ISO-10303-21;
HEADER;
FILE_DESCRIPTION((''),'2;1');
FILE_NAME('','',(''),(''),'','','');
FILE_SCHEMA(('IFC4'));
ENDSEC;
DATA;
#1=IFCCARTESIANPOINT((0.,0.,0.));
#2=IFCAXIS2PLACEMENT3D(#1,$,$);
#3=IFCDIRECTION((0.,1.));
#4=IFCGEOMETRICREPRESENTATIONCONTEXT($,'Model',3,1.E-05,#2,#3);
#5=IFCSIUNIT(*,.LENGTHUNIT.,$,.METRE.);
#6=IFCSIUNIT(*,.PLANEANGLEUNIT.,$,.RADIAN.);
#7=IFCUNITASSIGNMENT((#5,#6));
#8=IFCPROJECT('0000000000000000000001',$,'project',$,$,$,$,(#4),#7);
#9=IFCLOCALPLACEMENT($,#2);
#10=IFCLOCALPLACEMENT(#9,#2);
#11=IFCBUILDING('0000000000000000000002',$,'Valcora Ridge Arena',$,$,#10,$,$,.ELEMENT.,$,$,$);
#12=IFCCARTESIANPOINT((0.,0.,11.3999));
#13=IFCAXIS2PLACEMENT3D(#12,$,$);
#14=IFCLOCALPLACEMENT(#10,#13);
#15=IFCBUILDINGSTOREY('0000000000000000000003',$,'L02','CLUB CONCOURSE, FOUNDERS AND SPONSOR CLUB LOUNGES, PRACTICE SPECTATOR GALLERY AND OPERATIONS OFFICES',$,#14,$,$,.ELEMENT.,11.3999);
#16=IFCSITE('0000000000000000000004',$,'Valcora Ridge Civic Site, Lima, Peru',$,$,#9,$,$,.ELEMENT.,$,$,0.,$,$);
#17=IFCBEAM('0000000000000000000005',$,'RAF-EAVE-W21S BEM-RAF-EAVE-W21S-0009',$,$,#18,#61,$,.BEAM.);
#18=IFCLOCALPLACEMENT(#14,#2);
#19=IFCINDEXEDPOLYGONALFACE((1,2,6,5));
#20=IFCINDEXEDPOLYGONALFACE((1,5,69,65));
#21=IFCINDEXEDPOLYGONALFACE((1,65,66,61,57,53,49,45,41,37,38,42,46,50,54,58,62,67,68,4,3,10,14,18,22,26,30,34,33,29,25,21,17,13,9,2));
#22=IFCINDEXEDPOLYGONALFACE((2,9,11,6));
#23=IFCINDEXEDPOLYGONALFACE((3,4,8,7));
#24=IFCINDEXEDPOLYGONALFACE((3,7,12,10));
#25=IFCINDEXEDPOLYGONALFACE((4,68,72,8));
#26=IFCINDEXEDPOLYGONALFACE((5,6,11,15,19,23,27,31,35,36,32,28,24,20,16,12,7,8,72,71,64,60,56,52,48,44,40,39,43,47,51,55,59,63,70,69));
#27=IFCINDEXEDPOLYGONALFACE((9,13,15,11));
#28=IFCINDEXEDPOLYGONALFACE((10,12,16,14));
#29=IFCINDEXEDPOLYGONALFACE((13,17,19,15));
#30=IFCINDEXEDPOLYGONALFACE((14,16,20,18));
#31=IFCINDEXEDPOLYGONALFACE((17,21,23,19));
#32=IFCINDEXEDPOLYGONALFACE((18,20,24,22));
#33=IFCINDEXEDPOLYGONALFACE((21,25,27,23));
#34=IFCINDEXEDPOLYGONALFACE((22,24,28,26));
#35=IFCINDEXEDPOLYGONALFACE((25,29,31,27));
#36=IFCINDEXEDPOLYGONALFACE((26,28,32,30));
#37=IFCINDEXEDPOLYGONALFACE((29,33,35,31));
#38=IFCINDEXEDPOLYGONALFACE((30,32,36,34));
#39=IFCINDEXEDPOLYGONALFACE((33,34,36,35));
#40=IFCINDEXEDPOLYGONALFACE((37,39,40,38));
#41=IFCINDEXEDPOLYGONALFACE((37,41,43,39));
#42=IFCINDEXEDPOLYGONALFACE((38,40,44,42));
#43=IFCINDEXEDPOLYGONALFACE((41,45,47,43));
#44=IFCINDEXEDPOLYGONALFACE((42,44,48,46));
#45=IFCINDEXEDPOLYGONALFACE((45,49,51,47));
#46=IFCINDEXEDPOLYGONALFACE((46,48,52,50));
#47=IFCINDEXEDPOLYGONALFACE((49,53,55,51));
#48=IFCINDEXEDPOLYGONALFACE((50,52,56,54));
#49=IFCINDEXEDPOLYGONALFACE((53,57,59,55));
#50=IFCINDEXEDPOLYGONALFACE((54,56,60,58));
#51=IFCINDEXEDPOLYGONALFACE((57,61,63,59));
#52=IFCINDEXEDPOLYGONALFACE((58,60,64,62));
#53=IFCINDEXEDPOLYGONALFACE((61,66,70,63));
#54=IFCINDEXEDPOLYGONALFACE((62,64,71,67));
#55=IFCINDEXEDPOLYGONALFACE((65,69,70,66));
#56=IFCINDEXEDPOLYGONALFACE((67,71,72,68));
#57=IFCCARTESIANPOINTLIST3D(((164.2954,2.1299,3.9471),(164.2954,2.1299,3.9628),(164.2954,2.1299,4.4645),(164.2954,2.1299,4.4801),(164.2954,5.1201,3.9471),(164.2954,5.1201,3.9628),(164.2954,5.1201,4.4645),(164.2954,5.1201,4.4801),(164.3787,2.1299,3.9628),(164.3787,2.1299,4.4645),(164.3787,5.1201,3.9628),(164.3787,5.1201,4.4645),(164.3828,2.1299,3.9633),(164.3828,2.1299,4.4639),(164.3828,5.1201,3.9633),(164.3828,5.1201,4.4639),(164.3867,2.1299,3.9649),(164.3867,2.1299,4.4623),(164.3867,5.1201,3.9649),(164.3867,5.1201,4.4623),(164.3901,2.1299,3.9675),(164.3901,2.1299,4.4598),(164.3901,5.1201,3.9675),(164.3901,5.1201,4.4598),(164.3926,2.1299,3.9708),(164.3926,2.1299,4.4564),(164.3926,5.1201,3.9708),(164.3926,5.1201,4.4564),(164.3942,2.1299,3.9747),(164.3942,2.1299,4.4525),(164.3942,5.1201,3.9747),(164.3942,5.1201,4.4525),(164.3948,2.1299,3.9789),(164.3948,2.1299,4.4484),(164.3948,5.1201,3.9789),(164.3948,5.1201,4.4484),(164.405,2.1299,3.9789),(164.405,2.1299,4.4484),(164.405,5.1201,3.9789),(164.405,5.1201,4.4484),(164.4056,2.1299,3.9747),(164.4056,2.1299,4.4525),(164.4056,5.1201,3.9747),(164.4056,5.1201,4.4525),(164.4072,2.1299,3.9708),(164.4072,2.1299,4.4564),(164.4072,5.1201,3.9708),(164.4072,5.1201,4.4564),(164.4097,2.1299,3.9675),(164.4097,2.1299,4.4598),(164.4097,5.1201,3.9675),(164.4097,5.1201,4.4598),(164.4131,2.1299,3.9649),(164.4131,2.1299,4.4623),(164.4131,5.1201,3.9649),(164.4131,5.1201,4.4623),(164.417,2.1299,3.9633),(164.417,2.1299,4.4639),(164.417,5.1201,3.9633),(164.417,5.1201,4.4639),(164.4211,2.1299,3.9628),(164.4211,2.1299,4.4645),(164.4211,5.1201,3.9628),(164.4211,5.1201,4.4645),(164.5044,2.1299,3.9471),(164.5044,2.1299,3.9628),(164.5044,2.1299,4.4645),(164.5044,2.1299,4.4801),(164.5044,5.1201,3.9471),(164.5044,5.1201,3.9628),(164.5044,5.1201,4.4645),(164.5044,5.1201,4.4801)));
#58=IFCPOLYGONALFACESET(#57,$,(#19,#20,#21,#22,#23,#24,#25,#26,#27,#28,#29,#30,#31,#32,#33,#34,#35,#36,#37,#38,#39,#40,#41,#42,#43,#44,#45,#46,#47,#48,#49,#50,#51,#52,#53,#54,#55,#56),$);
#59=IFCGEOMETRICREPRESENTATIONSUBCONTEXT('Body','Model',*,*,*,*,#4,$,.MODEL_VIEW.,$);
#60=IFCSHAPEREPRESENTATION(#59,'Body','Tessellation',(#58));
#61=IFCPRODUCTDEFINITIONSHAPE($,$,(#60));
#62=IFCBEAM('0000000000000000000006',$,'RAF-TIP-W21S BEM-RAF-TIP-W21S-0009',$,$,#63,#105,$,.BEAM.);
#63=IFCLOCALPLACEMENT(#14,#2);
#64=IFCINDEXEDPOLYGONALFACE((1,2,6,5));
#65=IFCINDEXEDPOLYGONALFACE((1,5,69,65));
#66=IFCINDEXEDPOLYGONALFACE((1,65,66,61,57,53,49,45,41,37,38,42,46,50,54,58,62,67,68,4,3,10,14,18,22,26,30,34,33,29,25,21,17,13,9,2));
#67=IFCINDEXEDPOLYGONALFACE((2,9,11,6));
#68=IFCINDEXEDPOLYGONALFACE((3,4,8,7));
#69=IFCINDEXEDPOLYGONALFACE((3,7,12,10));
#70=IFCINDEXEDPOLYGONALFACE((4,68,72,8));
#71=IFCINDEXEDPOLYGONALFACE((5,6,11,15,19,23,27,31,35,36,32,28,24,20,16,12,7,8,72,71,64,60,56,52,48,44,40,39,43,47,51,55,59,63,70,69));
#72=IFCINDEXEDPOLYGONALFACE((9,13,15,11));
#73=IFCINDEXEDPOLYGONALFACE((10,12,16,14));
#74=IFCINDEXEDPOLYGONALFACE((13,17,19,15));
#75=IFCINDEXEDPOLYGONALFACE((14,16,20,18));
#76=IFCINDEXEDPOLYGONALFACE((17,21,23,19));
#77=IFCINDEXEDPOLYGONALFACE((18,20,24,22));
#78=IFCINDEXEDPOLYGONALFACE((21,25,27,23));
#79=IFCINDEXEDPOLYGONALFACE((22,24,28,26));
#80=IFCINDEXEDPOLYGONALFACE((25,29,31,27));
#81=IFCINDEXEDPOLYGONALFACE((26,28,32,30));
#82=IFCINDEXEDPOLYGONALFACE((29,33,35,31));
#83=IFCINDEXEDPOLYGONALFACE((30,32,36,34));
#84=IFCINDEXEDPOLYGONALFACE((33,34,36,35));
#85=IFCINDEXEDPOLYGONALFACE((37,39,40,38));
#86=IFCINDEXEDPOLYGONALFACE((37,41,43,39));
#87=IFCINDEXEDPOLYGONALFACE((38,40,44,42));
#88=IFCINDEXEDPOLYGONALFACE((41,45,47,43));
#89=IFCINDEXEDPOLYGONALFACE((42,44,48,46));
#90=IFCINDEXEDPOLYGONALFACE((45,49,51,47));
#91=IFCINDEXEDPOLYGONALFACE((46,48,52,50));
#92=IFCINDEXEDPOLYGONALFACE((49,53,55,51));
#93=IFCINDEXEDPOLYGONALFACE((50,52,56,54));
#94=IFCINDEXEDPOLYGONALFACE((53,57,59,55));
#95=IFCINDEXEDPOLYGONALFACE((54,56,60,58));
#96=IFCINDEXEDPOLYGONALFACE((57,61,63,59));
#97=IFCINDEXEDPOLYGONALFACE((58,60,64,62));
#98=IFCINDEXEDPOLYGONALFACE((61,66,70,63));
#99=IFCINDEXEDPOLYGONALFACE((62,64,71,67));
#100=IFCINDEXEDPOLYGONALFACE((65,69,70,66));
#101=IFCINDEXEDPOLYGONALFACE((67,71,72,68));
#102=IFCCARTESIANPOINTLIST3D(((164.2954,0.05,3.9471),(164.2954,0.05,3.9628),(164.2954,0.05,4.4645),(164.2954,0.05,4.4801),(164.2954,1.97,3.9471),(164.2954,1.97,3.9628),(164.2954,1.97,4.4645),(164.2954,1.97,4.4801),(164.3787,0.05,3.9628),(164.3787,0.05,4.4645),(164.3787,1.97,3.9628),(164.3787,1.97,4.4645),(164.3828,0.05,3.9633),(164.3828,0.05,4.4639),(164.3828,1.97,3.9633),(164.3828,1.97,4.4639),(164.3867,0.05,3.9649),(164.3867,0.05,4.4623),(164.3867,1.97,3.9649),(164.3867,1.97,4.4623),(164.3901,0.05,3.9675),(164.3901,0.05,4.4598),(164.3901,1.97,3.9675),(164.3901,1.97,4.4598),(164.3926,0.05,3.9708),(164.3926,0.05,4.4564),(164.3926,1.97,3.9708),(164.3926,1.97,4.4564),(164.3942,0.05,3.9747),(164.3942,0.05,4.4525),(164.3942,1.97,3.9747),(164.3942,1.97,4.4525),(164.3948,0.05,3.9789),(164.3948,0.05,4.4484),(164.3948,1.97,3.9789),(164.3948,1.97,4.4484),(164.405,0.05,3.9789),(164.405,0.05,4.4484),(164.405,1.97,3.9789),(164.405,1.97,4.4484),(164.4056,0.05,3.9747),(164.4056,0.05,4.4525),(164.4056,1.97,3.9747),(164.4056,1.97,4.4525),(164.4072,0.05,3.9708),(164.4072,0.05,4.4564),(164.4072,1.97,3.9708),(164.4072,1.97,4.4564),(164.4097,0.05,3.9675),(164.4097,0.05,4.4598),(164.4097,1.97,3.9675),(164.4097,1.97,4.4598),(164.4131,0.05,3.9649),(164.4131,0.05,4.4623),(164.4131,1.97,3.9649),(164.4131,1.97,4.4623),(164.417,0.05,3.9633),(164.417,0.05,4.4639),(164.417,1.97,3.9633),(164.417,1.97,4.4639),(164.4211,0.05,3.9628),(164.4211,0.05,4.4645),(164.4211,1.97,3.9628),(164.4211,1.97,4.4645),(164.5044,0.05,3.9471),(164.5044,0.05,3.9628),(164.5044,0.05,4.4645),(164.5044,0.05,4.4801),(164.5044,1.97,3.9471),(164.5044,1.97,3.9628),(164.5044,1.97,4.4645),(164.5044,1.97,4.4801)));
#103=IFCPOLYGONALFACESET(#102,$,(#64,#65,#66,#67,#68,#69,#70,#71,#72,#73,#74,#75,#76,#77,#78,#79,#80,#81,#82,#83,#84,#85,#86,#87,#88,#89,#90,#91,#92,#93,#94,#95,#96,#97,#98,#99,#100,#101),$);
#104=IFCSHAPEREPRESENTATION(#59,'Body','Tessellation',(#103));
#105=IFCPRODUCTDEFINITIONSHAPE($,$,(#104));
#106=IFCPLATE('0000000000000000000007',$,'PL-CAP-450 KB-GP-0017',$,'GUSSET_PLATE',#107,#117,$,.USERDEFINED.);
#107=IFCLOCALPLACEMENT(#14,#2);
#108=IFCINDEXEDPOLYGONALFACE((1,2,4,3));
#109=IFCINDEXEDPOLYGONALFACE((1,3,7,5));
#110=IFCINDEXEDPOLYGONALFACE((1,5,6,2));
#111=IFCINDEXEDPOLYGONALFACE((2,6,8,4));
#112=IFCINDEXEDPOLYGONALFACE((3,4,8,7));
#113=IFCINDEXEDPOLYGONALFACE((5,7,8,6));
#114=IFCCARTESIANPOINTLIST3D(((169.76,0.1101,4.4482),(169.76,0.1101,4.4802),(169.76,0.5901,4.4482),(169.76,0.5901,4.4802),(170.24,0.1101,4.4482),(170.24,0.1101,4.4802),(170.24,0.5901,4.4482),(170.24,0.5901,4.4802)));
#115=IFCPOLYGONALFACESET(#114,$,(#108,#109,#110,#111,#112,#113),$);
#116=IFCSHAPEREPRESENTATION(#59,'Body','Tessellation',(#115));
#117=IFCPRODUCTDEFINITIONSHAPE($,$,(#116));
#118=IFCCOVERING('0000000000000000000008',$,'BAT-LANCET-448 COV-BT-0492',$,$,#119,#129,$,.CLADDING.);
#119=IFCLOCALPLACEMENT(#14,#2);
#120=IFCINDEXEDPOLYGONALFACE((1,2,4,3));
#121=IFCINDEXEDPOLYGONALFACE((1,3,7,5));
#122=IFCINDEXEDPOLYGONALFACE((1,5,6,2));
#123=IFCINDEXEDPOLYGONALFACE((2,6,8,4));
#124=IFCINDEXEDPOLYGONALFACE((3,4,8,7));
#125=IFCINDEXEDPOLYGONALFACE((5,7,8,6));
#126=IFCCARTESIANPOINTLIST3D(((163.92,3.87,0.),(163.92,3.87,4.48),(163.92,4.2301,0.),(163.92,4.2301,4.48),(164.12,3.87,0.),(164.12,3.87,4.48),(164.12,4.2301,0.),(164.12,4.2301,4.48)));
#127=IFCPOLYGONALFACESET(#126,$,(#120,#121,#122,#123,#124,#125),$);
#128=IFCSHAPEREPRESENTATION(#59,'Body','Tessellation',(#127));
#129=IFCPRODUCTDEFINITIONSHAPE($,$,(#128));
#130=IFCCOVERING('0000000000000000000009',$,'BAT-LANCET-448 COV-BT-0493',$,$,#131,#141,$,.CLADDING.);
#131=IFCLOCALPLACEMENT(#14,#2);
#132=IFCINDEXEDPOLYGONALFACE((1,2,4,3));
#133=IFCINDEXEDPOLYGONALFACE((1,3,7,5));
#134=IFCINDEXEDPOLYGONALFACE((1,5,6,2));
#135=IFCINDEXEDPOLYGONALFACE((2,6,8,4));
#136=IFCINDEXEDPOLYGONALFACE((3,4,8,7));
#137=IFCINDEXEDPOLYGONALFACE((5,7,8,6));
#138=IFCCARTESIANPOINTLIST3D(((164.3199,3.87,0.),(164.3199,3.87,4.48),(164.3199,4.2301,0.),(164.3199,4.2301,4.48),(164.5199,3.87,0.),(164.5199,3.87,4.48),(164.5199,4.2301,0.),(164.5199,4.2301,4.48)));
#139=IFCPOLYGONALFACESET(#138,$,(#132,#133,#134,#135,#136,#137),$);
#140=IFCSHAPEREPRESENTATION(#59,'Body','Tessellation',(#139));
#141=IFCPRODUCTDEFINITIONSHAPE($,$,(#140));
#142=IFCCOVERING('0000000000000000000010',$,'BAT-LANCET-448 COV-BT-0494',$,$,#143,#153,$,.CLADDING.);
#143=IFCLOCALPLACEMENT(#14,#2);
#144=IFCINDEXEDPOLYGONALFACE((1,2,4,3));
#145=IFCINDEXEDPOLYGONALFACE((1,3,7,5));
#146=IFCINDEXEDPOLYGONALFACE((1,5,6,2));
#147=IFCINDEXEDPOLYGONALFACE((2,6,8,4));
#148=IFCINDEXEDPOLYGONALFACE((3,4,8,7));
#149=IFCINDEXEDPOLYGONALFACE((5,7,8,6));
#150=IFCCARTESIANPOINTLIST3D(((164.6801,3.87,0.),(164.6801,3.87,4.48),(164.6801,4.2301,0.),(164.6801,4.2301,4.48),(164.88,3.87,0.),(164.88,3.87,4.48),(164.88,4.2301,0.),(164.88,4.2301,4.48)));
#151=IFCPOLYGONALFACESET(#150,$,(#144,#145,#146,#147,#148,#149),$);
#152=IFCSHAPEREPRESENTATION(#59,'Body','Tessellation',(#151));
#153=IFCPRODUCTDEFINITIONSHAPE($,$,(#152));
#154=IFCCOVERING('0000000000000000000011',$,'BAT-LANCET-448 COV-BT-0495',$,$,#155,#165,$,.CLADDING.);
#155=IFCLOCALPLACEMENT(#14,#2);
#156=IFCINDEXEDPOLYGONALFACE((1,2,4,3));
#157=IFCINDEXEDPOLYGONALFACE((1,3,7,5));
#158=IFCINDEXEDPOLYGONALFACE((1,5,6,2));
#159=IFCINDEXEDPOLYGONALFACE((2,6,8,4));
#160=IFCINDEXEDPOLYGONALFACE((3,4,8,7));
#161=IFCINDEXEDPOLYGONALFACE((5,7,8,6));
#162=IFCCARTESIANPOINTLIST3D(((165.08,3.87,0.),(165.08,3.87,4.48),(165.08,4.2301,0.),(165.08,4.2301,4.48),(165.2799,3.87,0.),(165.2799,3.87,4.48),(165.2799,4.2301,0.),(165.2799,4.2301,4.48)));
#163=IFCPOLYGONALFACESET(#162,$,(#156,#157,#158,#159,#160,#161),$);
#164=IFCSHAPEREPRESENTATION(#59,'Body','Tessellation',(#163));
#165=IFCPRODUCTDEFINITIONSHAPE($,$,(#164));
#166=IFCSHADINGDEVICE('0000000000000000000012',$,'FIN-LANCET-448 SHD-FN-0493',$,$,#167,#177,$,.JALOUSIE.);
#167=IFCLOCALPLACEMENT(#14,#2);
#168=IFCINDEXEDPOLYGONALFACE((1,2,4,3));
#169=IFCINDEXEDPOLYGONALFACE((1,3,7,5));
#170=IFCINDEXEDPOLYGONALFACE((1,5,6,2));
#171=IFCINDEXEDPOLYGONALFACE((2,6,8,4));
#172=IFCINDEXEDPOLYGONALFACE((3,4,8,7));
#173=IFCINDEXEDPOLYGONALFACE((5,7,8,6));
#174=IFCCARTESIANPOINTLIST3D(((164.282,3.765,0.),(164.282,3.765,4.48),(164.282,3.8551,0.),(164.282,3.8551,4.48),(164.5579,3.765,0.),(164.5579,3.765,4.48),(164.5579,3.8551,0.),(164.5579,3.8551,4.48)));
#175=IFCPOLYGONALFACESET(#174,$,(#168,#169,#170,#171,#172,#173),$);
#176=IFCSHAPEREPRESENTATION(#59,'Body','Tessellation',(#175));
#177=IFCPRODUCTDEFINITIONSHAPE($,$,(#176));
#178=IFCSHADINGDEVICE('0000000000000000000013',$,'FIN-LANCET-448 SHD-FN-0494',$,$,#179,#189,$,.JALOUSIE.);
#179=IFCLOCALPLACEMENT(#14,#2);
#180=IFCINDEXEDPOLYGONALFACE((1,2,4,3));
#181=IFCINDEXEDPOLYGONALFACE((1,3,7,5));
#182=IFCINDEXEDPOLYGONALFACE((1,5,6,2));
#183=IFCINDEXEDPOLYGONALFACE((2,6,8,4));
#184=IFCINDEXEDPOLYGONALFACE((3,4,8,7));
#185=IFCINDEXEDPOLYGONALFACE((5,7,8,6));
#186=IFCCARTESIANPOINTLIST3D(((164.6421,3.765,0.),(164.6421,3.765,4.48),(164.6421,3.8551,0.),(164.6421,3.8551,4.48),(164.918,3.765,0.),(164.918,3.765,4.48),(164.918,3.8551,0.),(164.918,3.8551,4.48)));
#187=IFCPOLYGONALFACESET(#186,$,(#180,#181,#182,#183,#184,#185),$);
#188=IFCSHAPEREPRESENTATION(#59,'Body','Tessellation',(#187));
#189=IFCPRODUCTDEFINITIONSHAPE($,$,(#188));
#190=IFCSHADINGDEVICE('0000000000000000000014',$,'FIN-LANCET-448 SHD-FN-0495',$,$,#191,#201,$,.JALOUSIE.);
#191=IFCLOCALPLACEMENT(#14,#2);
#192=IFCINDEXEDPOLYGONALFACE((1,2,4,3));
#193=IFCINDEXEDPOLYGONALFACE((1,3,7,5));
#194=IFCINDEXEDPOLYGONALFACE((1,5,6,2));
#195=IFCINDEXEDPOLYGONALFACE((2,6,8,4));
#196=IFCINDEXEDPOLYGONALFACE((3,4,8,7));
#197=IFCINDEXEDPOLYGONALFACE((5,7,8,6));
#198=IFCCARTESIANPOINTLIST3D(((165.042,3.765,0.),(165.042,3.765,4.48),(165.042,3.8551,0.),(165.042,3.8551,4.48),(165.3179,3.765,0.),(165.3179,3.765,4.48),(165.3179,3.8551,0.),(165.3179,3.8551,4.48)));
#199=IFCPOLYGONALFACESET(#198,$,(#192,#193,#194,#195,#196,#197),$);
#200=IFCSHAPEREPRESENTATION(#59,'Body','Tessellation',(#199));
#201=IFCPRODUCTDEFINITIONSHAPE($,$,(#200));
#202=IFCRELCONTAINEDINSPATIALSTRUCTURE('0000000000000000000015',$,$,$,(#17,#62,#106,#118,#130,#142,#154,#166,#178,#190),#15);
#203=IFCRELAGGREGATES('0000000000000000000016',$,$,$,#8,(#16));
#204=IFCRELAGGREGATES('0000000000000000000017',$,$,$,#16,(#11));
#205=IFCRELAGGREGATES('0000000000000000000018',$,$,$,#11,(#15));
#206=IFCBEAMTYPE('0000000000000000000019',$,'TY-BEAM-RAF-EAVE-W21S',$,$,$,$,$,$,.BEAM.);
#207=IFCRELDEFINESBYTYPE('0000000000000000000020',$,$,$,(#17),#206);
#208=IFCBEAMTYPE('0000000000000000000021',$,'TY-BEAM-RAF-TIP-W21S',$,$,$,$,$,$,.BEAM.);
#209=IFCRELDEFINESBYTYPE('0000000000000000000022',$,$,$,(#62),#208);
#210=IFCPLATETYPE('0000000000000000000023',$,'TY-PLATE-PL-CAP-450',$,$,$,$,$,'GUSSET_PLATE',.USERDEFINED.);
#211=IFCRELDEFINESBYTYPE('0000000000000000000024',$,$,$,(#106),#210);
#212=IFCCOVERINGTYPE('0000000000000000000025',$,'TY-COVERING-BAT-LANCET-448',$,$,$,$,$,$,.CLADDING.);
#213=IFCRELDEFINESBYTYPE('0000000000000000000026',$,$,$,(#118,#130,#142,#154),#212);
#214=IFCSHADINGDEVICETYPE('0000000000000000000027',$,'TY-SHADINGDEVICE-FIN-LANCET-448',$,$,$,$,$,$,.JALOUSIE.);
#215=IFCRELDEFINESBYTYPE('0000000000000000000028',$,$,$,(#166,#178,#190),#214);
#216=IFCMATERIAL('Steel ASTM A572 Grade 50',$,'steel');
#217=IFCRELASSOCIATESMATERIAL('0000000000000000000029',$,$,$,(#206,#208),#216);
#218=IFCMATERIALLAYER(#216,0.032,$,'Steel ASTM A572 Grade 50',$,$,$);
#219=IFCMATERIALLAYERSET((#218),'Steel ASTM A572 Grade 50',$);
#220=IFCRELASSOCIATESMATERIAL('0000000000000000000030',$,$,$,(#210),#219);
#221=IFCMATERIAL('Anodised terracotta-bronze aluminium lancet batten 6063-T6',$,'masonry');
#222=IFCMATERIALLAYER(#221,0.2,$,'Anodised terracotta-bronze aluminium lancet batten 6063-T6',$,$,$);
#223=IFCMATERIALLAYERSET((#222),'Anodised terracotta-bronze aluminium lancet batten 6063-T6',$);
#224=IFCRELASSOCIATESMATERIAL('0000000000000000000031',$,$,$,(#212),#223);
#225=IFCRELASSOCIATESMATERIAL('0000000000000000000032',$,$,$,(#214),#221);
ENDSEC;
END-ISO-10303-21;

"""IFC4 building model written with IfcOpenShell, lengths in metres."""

from ifc_helpers import new_model, si_unit, direction, frame, origin, origin_2d, place, context, subcontext, project, spatial, rectangle, i_section, extrude, material, layer, layer_set, material_profile, profile_set, type_object, element, save


model = new_model("IFC4")

# Units and contexts
model_context = context("Model", 3, precision=1e-05, world=origin(), true_north=direction((0.0, 1.0)))
body_context = subcontext(model_context, "Body", "Model", "MODEL_VIEW")
ifc_project = project(units=[si_unit("LENGTHUNIT", "METRE"), si_unit("PLANEANGLEUNIT", "RADIAN")], contexts=[model_context])

# Site, building, storey
site_placement = place(None, origin())
site = spatial("IfcSite", under=ifc_project, at=site_placement, Name="Valcora Ridge Civic Site, Lima, Peru", CompositionType="ELEMENT", RefElevation=0.0)
building_placement = place(site_placement, origin())
building = spatial("IfcBuilding", under=site, at=building_placement, Name="Valcora Ridge Arena", CompositionType="ELEMENT")
storey_placement = place(building_placement, frame((0.0, 0.0, 11.3999)))
storey = spatial("IfcBuildingStorey", under=building, at=storey_placement, Name="L02", Description="CLUB CONCOURSE, FOUNDERS AND SPONSOR CLUB LOUNGES, PRACTICE SPECTATOR GALLERY AND OPERATIONS OFFICES", CompositionType="ELEMENT", Elevation=11.3999)

# Beams
ifc_material_1 = material(Name="Steel ASTM A572 Grade 50", Category="steel")
ifc_material_profile_1 = material_profile(ifc_material_1, i_section(OverallWidth=0.209, OverallDepth=0.533, WebThickness=0.0103, FlangeThickness=0.0156, FilletRadius=0.0161, at=origin_2d()), Name="W21X62")
ifc_profile_set_1 = profile_set([ifc_material_profile_1], Name="Steel ASTM A572 Grade 50")
beam_type_1 = type_object("IfcBeamType", Name="TY-BEAM-RAF-EAVE-W21S", PredefinedType="BEAM", material=ifc_profile_set_1)
beam_1_placement = place(storey_placement, frame((164.3999, 2.1299, 4.2136), z_axis=(0.0, 1.0, 0.0), x_axis=(-1.0, 0.0, 0.0)))
element("IfcBeam", 1, at=beam_1_placement, inside=storey, type_object=beam_type_1, Name="RAF-EAVE-W21S BEM-RAF-EAVE-W21S-0009", PredefinedType="BEAM", context=body_context, shape_type="SweptSolid", body=[
    extrude(i_section(OverallWidth=0.209, OverallDepth=0.533, WebThickness=0.0103, FlangeThickness=0.0156, FilletRadius=0.0161, at=origin_2d()), origin(), (0.0, 0.0, 1.0), 2.9902),
])
ifc_material_profile_2 = material_profile(ifc_material_1, i_section(OverallWidth=0.209, OverallDepth=0.533, WebThickness=0.0103, FlangeThickness=0.0156, FilletRadius=0.0161, at=origin_2d()), Name="W21X62")
ifc_profile_set_2 = profile_set([ifc_material_profile_2], Name="Steel ASTM A572 Grade 50")
beam_type_2 = type_object("IfcBeamType", Name="TY-BEAM-RAF-TIP-W21S", PredefinedType="BEAM", material=ifc_profile_set_2)
beam_2_placement = place(storey_placement, frame((164.3999, 0.05, 4.2136), z_axis=(0.0, 1.0, 0.0), x_axis=(-1.0, 0.0, 0.0)))
element("IfcBeam", 2, at=beam_2_placement, inside=storey, type_object=beam_type_2, Name="RAF-TIP-W21S BEM-RAF-TIP-W21S-0009", PredefinedType="BEAM", context=body_context, shape_type="SweptSolid", body=[
    extrude(i_section(OverallWidth=0.209, OverallDepth=0.533, WebThickness=0.0103, FlangeThickness=0.0156, FilletRadius=0.0161, at=origin_2d()), origin(), (0.0, 0.0, 1.0), 1.9199),
])

# Plate
ifc_layer_1 = layer(ifc_material_1, 0.032, Name="Steel ASTM A572 Grade 50")
ifc_layer_set_1 = layer_set([ifc_layer_1], Name="Steel ASTM A572 Grade 50")
plate_type = type_object("IfcPlateType", Name="TY-PLATE-PL-CAP-450", ElementType="GUSSET_PLATE", PredefinedType="USERDEFINED", material=ifc_layer_set_1)
plate_placement = place(storey_placement, frame((170.0, 0.3501, 4.4482), z_axis=(0.0, 0.0, 1.0), x_axis=(1.0, 0.0, 0.0)))
element("IfcPlate", 3, at=plate_placement, inside=storey, type_object=plate_type, Name="PL-CAP-450 KB-GP-0017", ObjectType="GUSSET_PLATE", PredefinedType="USERDEFINED", context=body_context, shape_type="SweptSolid", body=[
    extrude(rectangle(XDim=0.48, YDim=0.48, at=origin_2d()), origin(), (0.0, 0.0, 1.0), 0.032),
])

# Coverings
ifc_material_2 = material(Name="Anodised terracotta-bronze aluminium lancet batten 6063-T6", Category="masonry")
ifc_layer_2 = layer(ifc_material_2, 0.2, Name="Anodised terracotta-bronze aluminium lancet batten 6063-T6")
ifc_layer_set_2 = layer_set([ifc_layer_2], Name="Anodised terracotta-bronze aluminium lancet batten 6063-T6")
covering_type = type_object("IfcCoveringType", Name="TY-COVERING-BAT-LANCET-448", PredefinedType="CLADDING", material=ifc_layer_set_2)
for number, where, z_axis, x_axis, name in (
    (4, (164.02, 4.05, 0.0), (0.0, 0.0, 1.0), (1.0, 0.0, 0.0), "BAT-LANCET-448 COV-BT-0492"),
    (5, (164.4199, 4.05, 0.0), (0.0, 0.0, 1.0), (1.0, 0.0, 0.0), "BAT-LANCET-448 COV-BT-0493"),
    (6, (164.78, 4.05, 0.0), (0.0, 0.0, 1.0), (1.0, 0.0, 0.0), "BAT-LANCET-448 COV-BT-0494"),
    (7, (165.1799, 4.05, 0.0), (0.0, 0.0, 1.0), (1.0, 0.0, 0.0), "BAT-LANCET-448 COV-BT-0495"),
):
    element("IfcCovering", number, at=place(storey_placement, frame(where, z_axis=z_axis, x_axis=x_axis)), inside=storey, type_object=covering_type, Name=name, PredefinedType="CLADDING", context=body_context, shape_type="SweptSolid", body=[
        extrude(rectangle(XDim=0.2, YDim=0.3601, at=origin_2d()), origin(), (0.0, 0.0, 1.0), 4.48),
    ])

# Shading devices
ifc_material_profile_3 = material_profile(ifc_material_2, rectangle(XDim=0.0901, YDim=0.2759, at=origin_2d()), Name="ALU LANCET BATTEN 90x276")
ifc_profile_set_3 = profile_set([ifc_material_profile_3], Name="Anodised terracotta-bronze aluminium lancet batten 6063-T6")
shading_device_type = type_object("IfcShadingDeviceType", Name="TY-SHADINGDEVICE-FIN-LANCET-448", PredefinedType="JALOUSIE", material=ifc_profile_set_3)
for number, where, z_axis, x_axis, name in (
    (8, (164.4199, 3.8101, 0.0), (0.0, 0.0, 1.0), (0.0, 1.0, 0.0), "FIN-LANCET-448 SHD-FN-0493"),
    (9, (164.78, 3.8101, 0.0), (0.0, 0.0, 1.0), (0.0, 1.0, 0.0), "FIN-LANCET-448 SHD-FN-0494"),
    (10, (165.1799, 3.8101, 0.0), (0.0, 0.0, 1.0), (0.0, 1.0, 0.0), "FIN-LANCET-448 SHD-FN-0495"),
):
    element("IfcShadingDevice", number, at=place(storey_placement, frame(where, z_axis=z_axis, x_axis=x_axis)), inside=storey, type_object=shading_device_type, Name=name, PredefinedType="JALOUSIE", context=body_context, shape_type="SweptSolid", body=[
        extrude(rectangle(XDim=0.0901, YDim=0.2759, at=origin_2d()), origin(), (0.0, 0.0, 1.0), 4.48),
    ])

save(model, "model.ifc")
